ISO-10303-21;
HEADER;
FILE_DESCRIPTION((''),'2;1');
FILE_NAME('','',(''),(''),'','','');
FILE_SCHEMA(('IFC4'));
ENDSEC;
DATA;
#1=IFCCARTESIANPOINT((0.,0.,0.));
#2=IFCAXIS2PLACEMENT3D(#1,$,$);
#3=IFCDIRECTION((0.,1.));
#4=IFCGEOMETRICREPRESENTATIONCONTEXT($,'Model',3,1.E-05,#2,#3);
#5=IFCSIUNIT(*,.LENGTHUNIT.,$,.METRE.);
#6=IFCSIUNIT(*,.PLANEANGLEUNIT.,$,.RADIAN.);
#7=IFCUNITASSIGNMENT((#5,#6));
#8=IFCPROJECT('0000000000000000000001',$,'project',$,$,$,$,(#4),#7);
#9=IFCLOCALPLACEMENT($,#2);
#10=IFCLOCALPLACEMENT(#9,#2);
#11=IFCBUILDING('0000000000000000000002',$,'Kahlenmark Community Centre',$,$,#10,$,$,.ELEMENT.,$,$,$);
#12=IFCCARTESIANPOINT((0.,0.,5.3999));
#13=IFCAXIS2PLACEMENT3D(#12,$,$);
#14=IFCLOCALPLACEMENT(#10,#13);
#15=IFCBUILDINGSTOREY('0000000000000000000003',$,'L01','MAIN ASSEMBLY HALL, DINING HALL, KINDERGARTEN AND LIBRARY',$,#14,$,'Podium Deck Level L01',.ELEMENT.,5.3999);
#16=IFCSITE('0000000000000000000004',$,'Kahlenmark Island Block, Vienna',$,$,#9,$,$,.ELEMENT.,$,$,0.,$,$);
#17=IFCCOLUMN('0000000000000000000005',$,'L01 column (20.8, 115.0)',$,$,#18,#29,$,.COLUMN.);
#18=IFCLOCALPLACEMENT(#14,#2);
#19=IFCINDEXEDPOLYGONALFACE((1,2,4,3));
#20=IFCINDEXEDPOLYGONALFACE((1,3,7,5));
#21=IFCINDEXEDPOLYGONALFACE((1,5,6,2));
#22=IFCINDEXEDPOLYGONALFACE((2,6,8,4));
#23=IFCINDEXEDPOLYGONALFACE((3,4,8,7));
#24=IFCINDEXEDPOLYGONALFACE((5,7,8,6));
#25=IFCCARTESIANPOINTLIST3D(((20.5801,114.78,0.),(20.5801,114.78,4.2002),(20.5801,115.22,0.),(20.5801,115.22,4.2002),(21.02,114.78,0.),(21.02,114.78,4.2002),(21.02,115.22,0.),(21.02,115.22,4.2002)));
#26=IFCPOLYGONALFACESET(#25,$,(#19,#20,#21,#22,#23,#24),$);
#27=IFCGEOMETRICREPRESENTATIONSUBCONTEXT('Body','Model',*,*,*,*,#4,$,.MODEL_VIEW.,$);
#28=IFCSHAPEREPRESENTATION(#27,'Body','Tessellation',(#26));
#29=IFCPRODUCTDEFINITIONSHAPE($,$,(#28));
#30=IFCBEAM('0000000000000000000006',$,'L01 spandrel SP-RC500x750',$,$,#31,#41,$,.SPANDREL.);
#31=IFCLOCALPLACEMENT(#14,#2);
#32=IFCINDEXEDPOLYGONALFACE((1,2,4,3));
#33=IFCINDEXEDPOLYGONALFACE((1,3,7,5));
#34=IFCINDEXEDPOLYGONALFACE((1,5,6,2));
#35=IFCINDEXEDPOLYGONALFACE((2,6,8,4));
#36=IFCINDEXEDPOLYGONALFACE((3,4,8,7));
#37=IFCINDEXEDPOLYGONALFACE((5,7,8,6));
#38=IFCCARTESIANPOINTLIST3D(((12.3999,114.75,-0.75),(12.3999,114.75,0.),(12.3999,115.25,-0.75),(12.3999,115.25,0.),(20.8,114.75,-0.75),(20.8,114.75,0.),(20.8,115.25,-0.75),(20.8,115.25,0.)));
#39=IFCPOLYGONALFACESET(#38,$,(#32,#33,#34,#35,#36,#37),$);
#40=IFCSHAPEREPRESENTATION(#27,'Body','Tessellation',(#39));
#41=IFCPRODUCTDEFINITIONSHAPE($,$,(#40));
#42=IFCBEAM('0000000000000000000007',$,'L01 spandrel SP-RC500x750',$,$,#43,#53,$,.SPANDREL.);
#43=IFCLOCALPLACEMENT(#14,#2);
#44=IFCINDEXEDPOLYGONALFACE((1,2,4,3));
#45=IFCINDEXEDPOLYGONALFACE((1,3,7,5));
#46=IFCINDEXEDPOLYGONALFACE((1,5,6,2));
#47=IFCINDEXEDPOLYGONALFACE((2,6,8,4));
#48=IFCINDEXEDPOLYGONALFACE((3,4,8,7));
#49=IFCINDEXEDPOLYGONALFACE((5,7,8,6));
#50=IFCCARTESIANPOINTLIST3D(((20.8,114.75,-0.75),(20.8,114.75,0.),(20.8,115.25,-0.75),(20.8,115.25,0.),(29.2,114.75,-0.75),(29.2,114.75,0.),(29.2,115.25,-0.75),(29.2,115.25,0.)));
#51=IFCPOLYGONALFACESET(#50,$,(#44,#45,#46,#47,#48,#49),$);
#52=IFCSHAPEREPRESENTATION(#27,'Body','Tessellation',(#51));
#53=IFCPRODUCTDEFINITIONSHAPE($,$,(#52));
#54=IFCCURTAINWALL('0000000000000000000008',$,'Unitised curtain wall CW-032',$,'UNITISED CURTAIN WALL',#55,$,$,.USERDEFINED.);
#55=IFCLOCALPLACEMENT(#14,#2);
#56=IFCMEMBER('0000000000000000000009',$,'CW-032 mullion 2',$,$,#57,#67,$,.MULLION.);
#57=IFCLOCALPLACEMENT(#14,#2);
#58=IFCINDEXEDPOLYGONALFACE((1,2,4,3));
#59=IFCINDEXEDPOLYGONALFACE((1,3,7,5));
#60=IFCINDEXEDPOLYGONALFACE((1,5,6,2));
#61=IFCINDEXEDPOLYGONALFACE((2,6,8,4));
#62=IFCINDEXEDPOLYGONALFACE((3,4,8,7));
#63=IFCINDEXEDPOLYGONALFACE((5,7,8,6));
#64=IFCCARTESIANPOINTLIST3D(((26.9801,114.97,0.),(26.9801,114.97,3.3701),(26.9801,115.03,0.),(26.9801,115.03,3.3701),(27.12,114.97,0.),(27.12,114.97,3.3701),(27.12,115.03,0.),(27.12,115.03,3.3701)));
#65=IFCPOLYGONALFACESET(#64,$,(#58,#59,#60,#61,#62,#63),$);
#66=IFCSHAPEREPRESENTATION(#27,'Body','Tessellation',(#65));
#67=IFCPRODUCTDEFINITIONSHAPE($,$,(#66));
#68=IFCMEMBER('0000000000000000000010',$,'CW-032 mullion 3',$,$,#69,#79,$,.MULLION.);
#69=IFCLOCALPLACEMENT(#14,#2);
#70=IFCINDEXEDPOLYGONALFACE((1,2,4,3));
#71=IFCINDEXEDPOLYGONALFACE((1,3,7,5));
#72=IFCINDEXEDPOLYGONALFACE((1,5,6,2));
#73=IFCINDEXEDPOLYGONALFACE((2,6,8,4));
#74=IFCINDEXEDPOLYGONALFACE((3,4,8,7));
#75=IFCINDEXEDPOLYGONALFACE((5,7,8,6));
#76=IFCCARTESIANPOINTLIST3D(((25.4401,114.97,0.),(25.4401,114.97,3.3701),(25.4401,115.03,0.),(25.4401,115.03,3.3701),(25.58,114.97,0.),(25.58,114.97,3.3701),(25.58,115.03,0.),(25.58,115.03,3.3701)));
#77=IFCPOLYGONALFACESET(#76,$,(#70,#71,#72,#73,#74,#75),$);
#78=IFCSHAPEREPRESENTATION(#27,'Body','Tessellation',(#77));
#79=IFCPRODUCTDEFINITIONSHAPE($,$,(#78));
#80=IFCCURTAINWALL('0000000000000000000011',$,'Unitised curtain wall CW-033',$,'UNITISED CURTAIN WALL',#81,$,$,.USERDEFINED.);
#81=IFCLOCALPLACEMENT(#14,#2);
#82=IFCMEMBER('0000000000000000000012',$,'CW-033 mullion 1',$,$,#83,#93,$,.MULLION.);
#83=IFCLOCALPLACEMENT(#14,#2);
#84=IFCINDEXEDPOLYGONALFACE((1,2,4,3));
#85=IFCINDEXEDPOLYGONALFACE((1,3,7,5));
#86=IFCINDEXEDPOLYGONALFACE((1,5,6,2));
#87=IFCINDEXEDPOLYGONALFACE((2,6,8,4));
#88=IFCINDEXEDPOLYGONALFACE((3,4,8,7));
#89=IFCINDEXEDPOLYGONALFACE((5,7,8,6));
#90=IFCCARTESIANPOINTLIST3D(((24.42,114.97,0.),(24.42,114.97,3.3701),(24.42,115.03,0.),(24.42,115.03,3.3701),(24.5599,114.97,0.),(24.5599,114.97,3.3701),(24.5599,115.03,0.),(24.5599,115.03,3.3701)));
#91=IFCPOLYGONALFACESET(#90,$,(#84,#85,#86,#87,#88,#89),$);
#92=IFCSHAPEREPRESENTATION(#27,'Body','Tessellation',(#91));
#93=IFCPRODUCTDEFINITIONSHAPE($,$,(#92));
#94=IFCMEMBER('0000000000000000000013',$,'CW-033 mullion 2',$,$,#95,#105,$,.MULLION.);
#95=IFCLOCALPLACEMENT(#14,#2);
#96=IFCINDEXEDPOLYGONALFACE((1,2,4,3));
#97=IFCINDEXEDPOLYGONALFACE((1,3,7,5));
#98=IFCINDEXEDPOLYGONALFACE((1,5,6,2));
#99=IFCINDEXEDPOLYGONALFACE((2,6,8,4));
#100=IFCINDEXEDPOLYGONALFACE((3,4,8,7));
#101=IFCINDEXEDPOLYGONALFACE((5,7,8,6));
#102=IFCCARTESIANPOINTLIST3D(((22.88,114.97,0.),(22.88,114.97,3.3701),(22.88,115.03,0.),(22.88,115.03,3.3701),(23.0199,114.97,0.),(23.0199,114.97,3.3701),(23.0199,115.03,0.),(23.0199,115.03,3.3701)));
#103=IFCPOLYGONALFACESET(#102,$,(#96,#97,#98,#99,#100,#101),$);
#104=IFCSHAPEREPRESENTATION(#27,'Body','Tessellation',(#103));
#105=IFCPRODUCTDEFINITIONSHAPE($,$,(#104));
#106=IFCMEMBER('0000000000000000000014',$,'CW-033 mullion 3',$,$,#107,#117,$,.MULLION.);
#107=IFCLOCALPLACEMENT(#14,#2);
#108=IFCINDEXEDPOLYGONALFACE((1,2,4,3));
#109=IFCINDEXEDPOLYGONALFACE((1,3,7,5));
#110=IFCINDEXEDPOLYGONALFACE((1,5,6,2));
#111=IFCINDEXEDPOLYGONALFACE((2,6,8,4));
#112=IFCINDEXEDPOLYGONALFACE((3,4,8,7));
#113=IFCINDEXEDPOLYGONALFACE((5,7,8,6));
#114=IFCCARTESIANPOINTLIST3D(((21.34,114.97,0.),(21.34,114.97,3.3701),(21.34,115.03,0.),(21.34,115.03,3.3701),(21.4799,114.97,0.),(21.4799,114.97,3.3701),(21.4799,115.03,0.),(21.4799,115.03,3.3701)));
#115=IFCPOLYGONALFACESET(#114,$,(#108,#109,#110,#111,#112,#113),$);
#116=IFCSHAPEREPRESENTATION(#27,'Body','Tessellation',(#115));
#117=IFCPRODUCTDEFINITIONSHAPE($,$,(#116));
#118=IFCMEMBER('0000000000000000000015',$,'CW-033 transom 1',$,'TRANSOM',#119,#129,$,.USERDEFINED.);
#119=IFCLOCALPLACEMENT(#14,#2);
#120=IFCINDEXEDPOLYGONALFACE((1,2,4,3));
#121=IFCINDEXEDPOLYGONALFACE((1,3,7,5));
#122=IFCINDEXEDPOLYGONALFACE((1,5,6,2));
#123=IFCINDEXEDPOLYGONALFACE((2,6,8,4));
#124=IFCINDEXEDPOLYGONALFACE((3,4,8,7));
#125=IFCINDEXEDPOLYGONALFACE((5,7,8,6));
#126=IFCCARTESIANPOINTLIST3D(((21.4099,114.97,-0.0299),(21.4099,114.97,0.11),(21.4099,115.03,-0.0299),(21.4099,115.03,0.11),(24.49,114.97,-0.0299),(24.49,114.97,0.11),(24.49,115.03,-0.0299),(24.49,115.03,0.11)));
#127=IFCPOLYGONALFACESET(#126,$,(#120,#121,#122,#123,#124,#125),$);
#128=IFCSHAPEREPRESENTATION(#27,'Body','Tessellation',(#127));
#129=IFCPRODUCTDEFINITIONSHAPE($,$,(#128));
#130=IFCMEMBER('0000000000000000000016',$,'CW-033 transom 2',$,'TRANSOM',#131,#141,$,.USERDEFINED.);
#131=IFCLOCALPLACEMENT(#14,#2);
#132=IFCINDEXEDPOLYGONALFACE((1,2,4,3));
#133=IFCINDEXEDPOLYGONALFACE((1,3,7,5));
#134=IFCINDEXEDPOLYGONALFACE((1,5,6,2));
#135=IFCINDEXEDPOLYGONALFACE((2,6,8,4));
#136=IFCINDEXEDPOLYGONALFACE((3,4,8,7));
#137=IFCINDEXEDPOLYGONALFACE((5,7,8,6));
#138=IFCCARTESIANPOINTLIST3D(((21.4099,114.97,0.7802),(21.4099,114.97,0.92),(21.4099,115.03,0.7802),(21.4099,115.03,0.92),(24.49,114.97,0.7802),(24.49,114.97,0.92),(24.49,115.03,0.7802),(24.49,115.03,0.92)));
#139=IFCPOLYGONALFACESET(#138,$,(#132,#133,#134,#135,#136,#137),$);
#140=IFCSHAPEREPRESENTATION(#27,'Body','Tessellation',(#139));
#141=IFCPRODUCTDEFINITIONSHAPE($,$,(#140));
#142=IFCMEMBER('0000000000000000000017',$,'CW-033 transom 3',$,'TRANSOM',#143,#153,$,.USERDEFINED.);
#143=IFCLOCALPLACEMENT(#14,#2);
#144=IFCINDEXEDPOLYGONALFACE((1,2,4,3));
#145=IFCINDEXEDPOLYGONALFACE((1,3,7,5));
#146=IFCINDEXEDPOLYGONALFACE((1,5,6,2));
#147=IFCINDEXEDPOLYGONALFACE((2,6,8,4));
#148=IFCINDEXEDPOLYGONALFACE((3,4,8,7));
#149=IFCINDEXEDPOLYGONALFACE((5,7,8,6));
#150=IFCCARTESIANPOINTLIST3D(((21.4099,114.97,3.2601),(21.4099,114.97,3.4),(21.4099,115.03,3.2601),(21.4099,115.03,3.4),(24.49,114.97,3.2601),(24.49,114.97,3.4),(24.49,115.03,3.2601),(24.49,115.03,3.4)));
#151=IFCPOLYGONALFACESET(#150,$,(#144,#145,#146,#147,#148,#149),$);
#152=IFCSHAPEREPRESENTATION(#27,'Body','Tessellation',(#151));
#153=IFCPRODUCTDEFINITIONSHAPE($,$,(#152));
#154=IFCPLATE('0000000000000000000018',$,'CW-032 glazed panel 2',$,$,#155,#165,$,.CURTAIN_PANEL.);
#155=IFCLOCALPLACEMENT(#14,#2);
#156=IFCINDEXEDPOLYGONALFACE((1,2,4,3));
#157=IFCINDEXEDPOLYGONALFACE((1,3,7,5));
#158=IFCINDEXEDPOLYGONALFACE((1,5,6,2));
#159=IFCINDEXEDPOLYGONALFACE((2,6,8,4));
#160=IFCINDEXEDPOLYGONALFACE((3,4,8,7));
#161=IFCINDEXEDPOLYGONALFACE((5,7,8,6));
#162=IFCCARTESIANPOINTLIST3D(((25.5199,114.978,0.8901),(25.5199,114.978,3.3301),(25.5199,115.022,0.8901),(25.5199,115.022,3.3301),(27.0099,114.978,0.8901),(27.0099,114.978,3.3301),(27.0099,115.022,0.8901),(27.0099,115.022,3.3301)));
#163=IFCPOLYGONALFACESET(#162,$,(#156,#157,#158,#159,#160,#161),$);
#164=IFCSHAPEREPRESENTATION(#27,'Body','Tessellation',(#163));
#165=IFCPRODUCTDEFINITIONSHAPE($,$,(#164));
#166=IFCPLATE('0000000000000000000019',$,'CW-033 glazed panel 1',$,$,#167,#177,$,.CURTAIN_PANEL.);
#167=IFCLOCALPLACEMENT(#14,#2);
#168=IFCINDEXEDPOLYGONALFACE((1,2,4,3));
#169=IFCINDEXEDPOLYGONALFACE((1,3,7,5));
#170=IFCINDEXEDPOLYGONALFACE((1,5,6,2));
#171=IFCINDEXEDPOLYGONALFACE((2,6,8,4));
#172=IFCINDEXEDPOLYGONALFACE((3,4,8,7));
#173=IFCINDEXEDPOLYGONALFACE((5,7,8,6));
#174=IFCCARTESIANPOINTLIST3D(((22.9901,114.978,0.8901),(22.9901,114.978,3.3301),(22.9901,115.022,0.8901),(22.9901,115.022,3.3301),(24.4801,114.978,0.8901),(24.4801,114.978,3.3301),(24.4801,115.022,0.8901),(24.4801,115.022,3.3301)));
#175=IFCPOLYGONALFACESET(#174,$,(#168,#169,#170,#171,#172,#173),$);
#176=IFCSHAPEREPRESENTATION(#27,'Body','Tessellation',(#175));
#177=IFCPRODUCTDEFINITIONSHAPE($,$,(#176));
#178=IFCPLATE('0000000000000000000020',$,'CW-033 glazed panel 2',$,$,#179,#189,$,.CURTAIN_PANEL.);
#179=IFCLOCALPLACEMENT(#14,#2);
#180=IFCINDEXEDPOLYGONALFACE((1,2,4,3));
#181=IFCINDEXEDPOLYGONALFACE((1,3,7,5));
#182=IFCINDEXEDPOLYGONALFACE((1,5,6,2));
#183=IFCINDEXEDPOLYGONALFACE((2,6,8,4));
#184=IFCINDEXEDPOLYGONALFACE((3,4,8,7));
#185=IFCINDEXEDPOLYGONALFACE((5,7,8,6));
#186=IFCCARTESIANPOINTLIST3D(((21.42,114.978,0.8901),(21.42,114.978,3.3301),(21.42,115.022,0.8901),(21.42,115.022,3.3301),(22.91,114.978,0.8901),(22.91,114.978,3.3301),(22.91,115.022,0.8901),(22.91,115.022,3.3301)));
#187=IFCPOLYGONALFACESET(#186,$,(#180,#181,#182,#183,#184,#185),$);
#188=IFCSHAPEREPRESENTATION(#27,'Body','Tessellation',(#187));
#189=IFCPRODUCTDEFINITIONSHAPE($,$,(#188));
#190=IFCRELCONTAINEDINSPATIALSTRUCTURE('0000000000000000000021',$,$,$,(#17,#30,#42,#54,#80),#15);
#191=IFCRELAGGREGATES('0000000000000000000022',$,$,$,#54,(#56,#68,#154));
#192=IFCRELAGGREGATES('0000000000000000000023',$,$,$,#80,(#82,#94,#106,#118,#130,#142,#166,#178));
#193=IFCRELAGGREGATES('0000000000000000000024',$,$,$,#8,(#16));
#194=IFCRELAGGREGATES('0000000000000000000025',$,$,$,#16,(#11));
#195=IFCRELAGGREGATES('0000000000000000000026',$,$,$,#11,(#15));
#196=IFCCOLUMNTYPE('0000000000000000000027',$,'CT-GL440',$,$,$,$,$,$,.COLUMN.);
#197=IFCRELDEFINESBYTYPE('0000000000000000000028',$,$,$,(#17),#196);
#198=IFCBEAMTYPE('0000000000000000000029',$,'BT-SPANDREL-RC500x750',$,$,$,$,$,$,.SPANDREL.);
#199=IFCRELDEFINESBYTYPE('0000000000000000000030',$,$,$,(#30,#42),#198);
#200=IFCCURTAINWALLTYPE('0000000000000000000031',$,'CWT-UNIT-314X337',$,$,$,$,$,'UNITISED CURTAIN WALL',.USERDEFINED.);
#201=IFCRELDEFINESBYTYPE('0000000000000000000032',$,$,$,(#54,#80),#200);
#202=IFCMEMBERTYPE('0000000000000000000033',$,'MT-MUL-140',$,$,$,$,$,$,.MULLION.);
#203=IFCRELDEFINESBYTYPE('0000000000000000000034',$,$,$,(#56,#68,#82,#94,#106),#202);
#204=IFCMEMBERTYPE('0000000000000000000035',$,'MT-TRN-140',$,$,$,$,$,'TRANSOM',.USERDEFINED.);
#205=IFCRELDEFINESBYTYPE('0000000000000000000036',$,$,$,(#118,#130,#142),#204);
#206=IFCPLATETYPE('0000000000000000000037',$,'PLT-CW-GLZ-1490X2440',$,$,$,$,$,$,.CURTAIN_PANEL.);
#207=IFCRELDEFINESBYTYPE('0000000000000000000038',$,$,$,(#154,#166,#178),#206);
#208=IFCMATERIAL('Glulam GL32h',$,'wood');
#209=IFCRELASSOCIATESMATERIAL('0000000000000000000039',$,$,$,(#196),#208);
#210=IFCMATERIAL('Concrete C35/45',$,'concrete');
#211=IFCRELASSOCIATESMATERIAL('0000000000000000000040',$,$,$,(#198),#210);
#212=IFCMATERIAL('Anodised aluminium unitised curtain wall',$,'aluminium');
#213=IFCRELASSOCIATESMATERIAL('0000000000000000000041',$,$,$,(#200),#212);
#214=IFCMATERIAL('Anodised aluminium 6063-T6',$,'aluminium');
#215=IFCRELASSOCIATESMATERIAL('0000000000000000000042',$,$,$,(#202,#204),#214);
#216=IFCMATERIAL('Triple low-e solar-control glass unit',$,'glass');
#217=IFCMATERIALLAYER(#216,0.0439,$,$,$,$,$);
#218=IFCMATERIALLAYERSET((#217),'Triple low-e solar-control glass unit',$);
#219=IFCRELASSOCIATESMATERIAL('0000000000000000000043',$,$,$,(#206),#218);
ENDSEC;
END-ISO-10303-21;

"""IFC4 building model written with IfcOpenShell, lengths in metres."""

from ifc_helpers import new_model, si_unit, direction, frame, origin, origin_2d, place, context, subcontext, project, spatial, rectangle, extrude, material, layer, layer_set, material_profile, profile_set, type_object, element, aggregate, save


model = new_model("IFC4")

# Units and contexts
model_context = context("Model", 3, precision=1e-05, world=origin(), true_north=direction((0.0, 1.0)))
body_context = subcontext(model_context, "Body", "Model", "MODEL_VIEW")
ifc_project = project(units=[si_unit("LENGTHUNIT", "METRE"), si_unit("PLANEANGLEUNIT", "RADIAN")], contexts=[model_context])

# Site, building, storey
site_placement = place(None, origin())
site = spatial("IfcSite", under=ifc_project, at=site_placement, Name="Kahlenmark Island Block, Vienna", CompositionType="ELEMENT", RefElevation=0.0)
building_placement = place(site_placement, origin())
building = spatial("IfcBuilding", under=site, at=building_placement, Name="Kahlenmark Community Centre", CompositionType="ELEMENT")
storey_placement = place(building_placement, frame((0.0, 0.0, 5.3999)))
storey = spatial("IfcBuildingStorey", under=building, at=storey_placement, Name="L01", Description="MAIN ASSEMBLY HALL, DINING HALL, KINDERGARTEN AND LIBRARY", LongName="Podium Deck Level L01", CompositionType="ELEMENT", Elevation=5.3999)

# Column
ifc_material_1 = material(Name="Glulam GL32h", Category="wood")
ifc_material_profile_1 = material_profile(ifc_material_1, rectangle(XDim=0.4399, YDim=0.4399, at=origin_2d()), Name="GL32h 440x440")
ifc_profile_set_1 = profile_set([ifc_material_profile_1], Name="Glulam GL32h")
column_type = type_object("IfcColumnType", Name="CT-GL440", PredefinedType="COLUMN", material=ifc_profile_set_1)
column_placement = place(storey_placement, frame((20.8, 115.0, 0.0), z_axis=(0.0, 0.0, 1.0), x_axis=(1.0, 0.0, 0.0)))
element("IfcColumn", 1, at=column_placement, inside=storey, type_object=column_type, Name="L01 column (20.8, 115.0)", PredefinedType="COLUMN", context=body_context, shape_type="SweptSolid", body=[
    extrude(rectangle(XDim=0.4399, YDim=0.4399, at=origin_2d()), origin(), (0.0, 0.0, 1.0), 4.2002),
])

# Beams
ifc_material_2 = material(Name="Concrete C35/45", Category="concrete")
ifc_material_profile_2 = material_profile(ifc_material_2, rectangle(XDim=0.5, YDim=0.75, at=origin_2d()), Name="RC 500x750")
ifc_profile_set_2 = profile_set([ifc_material_profile_2], Name="Concrete C35/45")
beam_type = type_object("IfcBeamType", Name="BT-SPANDREL-RC500x750", PredefinedType="SPANDREL", material=ifc_profile_set_2)
beam_1_placement = place(storey_placement, frame((12.3999, 115.0, -0.375), z_axis=(1.0, 0.0, 0.0), x_axis=(0.0, 1.0, 0.0)))
element("IfcBeam", 2, at=beam_1_placement, inside=storey, type_object=beam_type, Name="L01 spandrel SP-RC500x750", PredefinedType="SPANDREL", context=body_context, shape_type="SweptSolid", body=[
    extrude(rectangle(XDim=0.5, YDim=0.75, at=origin_2d()), origin(), (0.0, 0.0, 1.0), 8.4001),
])
beam_2_placement = place(storey_placement, frame((20.8, 115.0, -0.375), z_axis=(1.0, 0.0, 0.0), x_axis=(0.0, 1.0, 0.0)))
element("IfcBeam", 3, at=beam_2_placement, inside=storey, type_object=beam_type, Name="L01 spandrel SP-RC500x750", PredefinedType="SPANDREL", context=body_context, shape_type="SweptSolid", body=[
    extrude(rectangle(XDim=0.5, YDim=0.75, at=origin_2d()), origin(), (0.0, 0.0, 1.0), 8.3999),
])

# Curtain walls, members
ifc_material_3 = material(Name="Anodised aluminium unitised curtain wall", Category="aluminium")
curtain_wall_type = type_object("IfcCurtainWallType", Name="CWT-UNIT-314X337", ElementType="UNITISED CURTAIN WALL", PredefinedType="USERDEFINED", material=ifc_material_3)
curtain_wall_1_placement = place(storey_placement, origin())
curtain_wall_1 = element("IfcCurtainWall", 4, at=curtain_wall_1_placement, inside=storey, type_object=curtain_wall_type, Name="Unitised curtain wall CW-032", ObjectType="UNITISED CURTAIN WALL", PredefinedType="USERDEFINED")
ifc_material_4 = material(Name="Anodised aluminium 6063-T6", Category="aluminium")
ifc_material_profile_3 = material_profile(ifc_material_4, rectangle(XDim=0.0601, YDim=0.1399, at=origin_2d()), Name="ALU MULLION 60x140")
ifc_profile_set_3 = profile_set([ifc_material_profile_3], Name="Anodised aluminium 6063-T6")
member_type_1 = type_object("IfcMemberType", Name="MT-MUL-140", PredefinedType="MULLION", material=ifc_profile_set_3)
member_1_placement = place(storey_placement, frame((27.05, 115.0, 0.0), z_axis=(0.0, 0.0, 1.0), x_axis=(0.0, -1.0, 0.0)))
member_1 = element("IfcMember", 5, at=member_1_placement, type_object=member_type_1, Name="CW-032 mullion 2", PredefinedType="MULLION", context=body_context, shape_type="SweptSolid", body=[
    extrude(rectangle(XDim=0.0601, YDim=0.1399, at=origin_2d()), origin(), (0.0, 0.0, 1.0), 3.3701),
])
member_2_placement = place(storey_placement, frame((25.51, 115.0, 0.0), z_axis=(0.0, 0.0, 1.0), x_axis=(0.0, -1.0, 0.0)))
member_2 = element("IfcMember", 6, at=member_2_placement, type_object=member_type_1, Name="CW-032 mullion 3", PredefinedType="MULLION", context=body_context, shape_type="SweptSolid", body=[
    extrude(rectangle(XDim=0.0601, YDim=0.1399, at=origin_2d()), origin(), (0.0, 0.0, 1.0), 3.3701),
])
curtain_wall_2_placement = place(storey_placement, origin())
curtain_wall_2 = element("IfcCurtainWall", 7, at=curtain_wall_2_placement, inside=storey, type_object=curtain_wall_type, Name="Unitised curtain wall CW-033", ObjectType="UNITISED CURTAIN WALL", PredefinedType="USERDEFINED")
member_3_placement = place(storey_placement, frame((24.49, 115.0, 0.0), z_axis=(0.0, 0.0, 1.0), x_axis=(0.0, -1.0, 0.0)))
member_3 = element("IfcMember", 8, at=member_3_placement, type_object=member_type_1, Name="CW-033 mullion 1", PredefinedType="MULLION", context=body_context, shape_type="SweptSolid", body=[
    extrude(rectangle(XDim=0.0601, YDim=0.1399, at=origin_2d()), origin(), (0.0, 0.0, 1.0), 3.3701),
])
member_4_placement = place(storey_placement, frame((22.95, 115.0, 0.0), z_axis=(0.0, 0.0, 1.0), x_axis=(0.0, -1.0, 0.0)))
member_4 = element("IfcMember", 9, at=member_4_placement, type_object=member_type_1, Name="CW-033 mullion 2", PredefinedType="MULLION", context=body_context, shape_type="SweptSolid", body=[
    extrude(rectangle(XDim=0.0601, YDim=0.1399, at=origin_2d()), origin(), (0.0, 0.0, 1.0), 3.3701),
])
member_5_placement = place(storey_placement, frame((21.4099, 115.0, 0.0), z_axis=(0.0, 0.0, 1.0), x_axis=(0.0, -1.0, 0.0)))
member_5 = element("IfcMember", 10, at=member_5_placement, type_object=member_type_1, Name="CW-033 mullion 3", PredefinedType="MULLION", context=body_context, shape_type="SweptSolid", body=[
    extrude(rectangle(XDim=0.0601, YDim=0.1399, at=origin_2d()), origin(), (0.0, 0.0, 1.0), 3.3701),
])
ifc_material_profile_4 = material_profile(ifc_material_4, rectangle(XDim=0.0601, YDim=0.1399, at=origin_2d()), Name="ALU TRANSOM 60x140")
ifc_profile_set_4 = profile_set([ifc_material_profile_4], Name="Anodised aluminium 6063-T6")
member_type_2 = type_object("IfcMemberType", Name="MT-TRN-140", ElementType="TRANSOM", PredefinedType="USERDEFINED", material=ifc_profile_set_4)
member_6_placement = place(storey_placement, frame((24.49, 115.0, 0.04), z_axis=(-1.0, 0.0, 0.0), x_axis=(0.0, -1.0, 0.0)))
member_6 = element("IfcMember", 11, at=member_6_placement, type_object=member_type_2, Name="CW-033 transom 1", ObjectType="TRANSOM", PredefinedType="USERDEFINED", context=body_context, shape_type="SweptSolid", body=[
    extrude(rectangle(XDim=0.0601, YDim=0.1399, at=origin_2d()), origin(), (0.0, 0.0, 1.0), 3.0801),
])
member_7_placement = place(storey_placement, frame((24.49, 115.0, 0.8501), z_axis=(-1.0, 0.0, 0.0), x_axis=(0.0, -1.0, 0.0)))
member_7 = element("IfcMember", 12, at=member_7_placement, type_object=member_type_2, Name="CW-033 transom 2", ObjectType="TRANSOM", PredefinedType="USERDEFINED", context=body_context, shape_type="SweptSolid", body=[
    extrude(rectangle(XDim=0.0601, YDim=0.1399, at=origin_2d()), origin(), (0.0, 0.0, 1.0), 3.0801),
])
member_8_placement = place(storey_placement, frame((24.49, 115.0, 3.3301), z_axis=(-1.0, 0.0, 0.0), x_axis=(0.0, -1.0, 0.0)))
member_8 = element("IfcMember", 13, at=member_8_placement, type_object=member_type_2, Name="CW-033 transom 3", ObjectType="TRANSOM", PredefinedType="USERDEFINED", context=body_context, shape_type="SweptSolid", body=[
    extrude(rectangle(XDim=0.0601, YDim=0.1399, at=origin_2d()), origin(), (0.0, 0.0, 1.0), 3.0801),
])

# Plates
ifc_material_5 = material(Name="Triple low-e solar-control glass unit", Category="glass")
ifc_layer_1 = layer(ifc_material_5, 0.0439)
ifc_layer_set_1 = layer_set([ifc_layer_1], Name="Triple low-e solar-control glass unit")
plate_type_1 = type_object("IfcPlateType", Name="PLT-CW-GLZ-1490X2440", PredefinedType="CURTAIN_PANEL", material=ifc_layer_set_1)
plate_1_placement = place(storey_placement, frame((26.2649, 115.0, 0.8901), z_axis=(0.0, 0.0, 1.0), x_axis=(-1.0, 0.0, 0.0)))
plate_1 = element("IfcPlate", 14, at=plate_1_placement, type_object=plate_type_1, Name="CW-032 glazed panel 2", PredefinedType="CURTAIN_PANEL", context=body_context, shape_type="SweptSolid", body=[
    extrude(rectangle(XDim=1.49, YDim=0.0439, at=origin_2d()), origin(), (0.0, 0.0, 1.0), 2.4399),
])
plate_2_placement = place(storey_placement, frame((23.7351, 115.0, 0.8901), z_axis=(0.0, 0.0, 1.0), x_axis=(-1.0, 0.0, 0.0)))
plate_2 = element("IfcPlate", 15, at=plate_2_placement, type_object=plate_type_1, Name="CW-033 glazed panel 1", PredefinedType="CURTAIN_PANEL", context=body_context, shape_type="SweptSolid", body=[
    extrude(rectangle(XDim=1.49, YDim=0.0439, at=origin_2d()), origin(), (0.0, 0.0, 1.0), 2.4399),
])
plate_3_placement = place(storey_placement, frame((22.165, 115.0, 0.8901), z_axis=(0.0, 0.0, 1.0), x_axis=(-1.0, 0.0, 0.0)))
plate_3 = element("IfcPlate", 16, at=plate_3_placement, type_object=plate_type_1, Name="CW-033 glazed panel 2", PredefinedType="CURTAIN_PANEL", context=body_context, shape_type="SweptSolid", body=[
    extrude(rectangle(XDim=1.49, YDim=0.0439, at=origin_2d()), origin(), (0.0, 0.0, 1.0), 2.4399),
])
aggregate(curtain_wall_1, [member_1, member_2, plate_1])
aggregate(curtain_wall_2, [member_3, member_4, member_5, member_6, member_7, member_8, plate_2, plate_3])

save(model, "model.ifc")
